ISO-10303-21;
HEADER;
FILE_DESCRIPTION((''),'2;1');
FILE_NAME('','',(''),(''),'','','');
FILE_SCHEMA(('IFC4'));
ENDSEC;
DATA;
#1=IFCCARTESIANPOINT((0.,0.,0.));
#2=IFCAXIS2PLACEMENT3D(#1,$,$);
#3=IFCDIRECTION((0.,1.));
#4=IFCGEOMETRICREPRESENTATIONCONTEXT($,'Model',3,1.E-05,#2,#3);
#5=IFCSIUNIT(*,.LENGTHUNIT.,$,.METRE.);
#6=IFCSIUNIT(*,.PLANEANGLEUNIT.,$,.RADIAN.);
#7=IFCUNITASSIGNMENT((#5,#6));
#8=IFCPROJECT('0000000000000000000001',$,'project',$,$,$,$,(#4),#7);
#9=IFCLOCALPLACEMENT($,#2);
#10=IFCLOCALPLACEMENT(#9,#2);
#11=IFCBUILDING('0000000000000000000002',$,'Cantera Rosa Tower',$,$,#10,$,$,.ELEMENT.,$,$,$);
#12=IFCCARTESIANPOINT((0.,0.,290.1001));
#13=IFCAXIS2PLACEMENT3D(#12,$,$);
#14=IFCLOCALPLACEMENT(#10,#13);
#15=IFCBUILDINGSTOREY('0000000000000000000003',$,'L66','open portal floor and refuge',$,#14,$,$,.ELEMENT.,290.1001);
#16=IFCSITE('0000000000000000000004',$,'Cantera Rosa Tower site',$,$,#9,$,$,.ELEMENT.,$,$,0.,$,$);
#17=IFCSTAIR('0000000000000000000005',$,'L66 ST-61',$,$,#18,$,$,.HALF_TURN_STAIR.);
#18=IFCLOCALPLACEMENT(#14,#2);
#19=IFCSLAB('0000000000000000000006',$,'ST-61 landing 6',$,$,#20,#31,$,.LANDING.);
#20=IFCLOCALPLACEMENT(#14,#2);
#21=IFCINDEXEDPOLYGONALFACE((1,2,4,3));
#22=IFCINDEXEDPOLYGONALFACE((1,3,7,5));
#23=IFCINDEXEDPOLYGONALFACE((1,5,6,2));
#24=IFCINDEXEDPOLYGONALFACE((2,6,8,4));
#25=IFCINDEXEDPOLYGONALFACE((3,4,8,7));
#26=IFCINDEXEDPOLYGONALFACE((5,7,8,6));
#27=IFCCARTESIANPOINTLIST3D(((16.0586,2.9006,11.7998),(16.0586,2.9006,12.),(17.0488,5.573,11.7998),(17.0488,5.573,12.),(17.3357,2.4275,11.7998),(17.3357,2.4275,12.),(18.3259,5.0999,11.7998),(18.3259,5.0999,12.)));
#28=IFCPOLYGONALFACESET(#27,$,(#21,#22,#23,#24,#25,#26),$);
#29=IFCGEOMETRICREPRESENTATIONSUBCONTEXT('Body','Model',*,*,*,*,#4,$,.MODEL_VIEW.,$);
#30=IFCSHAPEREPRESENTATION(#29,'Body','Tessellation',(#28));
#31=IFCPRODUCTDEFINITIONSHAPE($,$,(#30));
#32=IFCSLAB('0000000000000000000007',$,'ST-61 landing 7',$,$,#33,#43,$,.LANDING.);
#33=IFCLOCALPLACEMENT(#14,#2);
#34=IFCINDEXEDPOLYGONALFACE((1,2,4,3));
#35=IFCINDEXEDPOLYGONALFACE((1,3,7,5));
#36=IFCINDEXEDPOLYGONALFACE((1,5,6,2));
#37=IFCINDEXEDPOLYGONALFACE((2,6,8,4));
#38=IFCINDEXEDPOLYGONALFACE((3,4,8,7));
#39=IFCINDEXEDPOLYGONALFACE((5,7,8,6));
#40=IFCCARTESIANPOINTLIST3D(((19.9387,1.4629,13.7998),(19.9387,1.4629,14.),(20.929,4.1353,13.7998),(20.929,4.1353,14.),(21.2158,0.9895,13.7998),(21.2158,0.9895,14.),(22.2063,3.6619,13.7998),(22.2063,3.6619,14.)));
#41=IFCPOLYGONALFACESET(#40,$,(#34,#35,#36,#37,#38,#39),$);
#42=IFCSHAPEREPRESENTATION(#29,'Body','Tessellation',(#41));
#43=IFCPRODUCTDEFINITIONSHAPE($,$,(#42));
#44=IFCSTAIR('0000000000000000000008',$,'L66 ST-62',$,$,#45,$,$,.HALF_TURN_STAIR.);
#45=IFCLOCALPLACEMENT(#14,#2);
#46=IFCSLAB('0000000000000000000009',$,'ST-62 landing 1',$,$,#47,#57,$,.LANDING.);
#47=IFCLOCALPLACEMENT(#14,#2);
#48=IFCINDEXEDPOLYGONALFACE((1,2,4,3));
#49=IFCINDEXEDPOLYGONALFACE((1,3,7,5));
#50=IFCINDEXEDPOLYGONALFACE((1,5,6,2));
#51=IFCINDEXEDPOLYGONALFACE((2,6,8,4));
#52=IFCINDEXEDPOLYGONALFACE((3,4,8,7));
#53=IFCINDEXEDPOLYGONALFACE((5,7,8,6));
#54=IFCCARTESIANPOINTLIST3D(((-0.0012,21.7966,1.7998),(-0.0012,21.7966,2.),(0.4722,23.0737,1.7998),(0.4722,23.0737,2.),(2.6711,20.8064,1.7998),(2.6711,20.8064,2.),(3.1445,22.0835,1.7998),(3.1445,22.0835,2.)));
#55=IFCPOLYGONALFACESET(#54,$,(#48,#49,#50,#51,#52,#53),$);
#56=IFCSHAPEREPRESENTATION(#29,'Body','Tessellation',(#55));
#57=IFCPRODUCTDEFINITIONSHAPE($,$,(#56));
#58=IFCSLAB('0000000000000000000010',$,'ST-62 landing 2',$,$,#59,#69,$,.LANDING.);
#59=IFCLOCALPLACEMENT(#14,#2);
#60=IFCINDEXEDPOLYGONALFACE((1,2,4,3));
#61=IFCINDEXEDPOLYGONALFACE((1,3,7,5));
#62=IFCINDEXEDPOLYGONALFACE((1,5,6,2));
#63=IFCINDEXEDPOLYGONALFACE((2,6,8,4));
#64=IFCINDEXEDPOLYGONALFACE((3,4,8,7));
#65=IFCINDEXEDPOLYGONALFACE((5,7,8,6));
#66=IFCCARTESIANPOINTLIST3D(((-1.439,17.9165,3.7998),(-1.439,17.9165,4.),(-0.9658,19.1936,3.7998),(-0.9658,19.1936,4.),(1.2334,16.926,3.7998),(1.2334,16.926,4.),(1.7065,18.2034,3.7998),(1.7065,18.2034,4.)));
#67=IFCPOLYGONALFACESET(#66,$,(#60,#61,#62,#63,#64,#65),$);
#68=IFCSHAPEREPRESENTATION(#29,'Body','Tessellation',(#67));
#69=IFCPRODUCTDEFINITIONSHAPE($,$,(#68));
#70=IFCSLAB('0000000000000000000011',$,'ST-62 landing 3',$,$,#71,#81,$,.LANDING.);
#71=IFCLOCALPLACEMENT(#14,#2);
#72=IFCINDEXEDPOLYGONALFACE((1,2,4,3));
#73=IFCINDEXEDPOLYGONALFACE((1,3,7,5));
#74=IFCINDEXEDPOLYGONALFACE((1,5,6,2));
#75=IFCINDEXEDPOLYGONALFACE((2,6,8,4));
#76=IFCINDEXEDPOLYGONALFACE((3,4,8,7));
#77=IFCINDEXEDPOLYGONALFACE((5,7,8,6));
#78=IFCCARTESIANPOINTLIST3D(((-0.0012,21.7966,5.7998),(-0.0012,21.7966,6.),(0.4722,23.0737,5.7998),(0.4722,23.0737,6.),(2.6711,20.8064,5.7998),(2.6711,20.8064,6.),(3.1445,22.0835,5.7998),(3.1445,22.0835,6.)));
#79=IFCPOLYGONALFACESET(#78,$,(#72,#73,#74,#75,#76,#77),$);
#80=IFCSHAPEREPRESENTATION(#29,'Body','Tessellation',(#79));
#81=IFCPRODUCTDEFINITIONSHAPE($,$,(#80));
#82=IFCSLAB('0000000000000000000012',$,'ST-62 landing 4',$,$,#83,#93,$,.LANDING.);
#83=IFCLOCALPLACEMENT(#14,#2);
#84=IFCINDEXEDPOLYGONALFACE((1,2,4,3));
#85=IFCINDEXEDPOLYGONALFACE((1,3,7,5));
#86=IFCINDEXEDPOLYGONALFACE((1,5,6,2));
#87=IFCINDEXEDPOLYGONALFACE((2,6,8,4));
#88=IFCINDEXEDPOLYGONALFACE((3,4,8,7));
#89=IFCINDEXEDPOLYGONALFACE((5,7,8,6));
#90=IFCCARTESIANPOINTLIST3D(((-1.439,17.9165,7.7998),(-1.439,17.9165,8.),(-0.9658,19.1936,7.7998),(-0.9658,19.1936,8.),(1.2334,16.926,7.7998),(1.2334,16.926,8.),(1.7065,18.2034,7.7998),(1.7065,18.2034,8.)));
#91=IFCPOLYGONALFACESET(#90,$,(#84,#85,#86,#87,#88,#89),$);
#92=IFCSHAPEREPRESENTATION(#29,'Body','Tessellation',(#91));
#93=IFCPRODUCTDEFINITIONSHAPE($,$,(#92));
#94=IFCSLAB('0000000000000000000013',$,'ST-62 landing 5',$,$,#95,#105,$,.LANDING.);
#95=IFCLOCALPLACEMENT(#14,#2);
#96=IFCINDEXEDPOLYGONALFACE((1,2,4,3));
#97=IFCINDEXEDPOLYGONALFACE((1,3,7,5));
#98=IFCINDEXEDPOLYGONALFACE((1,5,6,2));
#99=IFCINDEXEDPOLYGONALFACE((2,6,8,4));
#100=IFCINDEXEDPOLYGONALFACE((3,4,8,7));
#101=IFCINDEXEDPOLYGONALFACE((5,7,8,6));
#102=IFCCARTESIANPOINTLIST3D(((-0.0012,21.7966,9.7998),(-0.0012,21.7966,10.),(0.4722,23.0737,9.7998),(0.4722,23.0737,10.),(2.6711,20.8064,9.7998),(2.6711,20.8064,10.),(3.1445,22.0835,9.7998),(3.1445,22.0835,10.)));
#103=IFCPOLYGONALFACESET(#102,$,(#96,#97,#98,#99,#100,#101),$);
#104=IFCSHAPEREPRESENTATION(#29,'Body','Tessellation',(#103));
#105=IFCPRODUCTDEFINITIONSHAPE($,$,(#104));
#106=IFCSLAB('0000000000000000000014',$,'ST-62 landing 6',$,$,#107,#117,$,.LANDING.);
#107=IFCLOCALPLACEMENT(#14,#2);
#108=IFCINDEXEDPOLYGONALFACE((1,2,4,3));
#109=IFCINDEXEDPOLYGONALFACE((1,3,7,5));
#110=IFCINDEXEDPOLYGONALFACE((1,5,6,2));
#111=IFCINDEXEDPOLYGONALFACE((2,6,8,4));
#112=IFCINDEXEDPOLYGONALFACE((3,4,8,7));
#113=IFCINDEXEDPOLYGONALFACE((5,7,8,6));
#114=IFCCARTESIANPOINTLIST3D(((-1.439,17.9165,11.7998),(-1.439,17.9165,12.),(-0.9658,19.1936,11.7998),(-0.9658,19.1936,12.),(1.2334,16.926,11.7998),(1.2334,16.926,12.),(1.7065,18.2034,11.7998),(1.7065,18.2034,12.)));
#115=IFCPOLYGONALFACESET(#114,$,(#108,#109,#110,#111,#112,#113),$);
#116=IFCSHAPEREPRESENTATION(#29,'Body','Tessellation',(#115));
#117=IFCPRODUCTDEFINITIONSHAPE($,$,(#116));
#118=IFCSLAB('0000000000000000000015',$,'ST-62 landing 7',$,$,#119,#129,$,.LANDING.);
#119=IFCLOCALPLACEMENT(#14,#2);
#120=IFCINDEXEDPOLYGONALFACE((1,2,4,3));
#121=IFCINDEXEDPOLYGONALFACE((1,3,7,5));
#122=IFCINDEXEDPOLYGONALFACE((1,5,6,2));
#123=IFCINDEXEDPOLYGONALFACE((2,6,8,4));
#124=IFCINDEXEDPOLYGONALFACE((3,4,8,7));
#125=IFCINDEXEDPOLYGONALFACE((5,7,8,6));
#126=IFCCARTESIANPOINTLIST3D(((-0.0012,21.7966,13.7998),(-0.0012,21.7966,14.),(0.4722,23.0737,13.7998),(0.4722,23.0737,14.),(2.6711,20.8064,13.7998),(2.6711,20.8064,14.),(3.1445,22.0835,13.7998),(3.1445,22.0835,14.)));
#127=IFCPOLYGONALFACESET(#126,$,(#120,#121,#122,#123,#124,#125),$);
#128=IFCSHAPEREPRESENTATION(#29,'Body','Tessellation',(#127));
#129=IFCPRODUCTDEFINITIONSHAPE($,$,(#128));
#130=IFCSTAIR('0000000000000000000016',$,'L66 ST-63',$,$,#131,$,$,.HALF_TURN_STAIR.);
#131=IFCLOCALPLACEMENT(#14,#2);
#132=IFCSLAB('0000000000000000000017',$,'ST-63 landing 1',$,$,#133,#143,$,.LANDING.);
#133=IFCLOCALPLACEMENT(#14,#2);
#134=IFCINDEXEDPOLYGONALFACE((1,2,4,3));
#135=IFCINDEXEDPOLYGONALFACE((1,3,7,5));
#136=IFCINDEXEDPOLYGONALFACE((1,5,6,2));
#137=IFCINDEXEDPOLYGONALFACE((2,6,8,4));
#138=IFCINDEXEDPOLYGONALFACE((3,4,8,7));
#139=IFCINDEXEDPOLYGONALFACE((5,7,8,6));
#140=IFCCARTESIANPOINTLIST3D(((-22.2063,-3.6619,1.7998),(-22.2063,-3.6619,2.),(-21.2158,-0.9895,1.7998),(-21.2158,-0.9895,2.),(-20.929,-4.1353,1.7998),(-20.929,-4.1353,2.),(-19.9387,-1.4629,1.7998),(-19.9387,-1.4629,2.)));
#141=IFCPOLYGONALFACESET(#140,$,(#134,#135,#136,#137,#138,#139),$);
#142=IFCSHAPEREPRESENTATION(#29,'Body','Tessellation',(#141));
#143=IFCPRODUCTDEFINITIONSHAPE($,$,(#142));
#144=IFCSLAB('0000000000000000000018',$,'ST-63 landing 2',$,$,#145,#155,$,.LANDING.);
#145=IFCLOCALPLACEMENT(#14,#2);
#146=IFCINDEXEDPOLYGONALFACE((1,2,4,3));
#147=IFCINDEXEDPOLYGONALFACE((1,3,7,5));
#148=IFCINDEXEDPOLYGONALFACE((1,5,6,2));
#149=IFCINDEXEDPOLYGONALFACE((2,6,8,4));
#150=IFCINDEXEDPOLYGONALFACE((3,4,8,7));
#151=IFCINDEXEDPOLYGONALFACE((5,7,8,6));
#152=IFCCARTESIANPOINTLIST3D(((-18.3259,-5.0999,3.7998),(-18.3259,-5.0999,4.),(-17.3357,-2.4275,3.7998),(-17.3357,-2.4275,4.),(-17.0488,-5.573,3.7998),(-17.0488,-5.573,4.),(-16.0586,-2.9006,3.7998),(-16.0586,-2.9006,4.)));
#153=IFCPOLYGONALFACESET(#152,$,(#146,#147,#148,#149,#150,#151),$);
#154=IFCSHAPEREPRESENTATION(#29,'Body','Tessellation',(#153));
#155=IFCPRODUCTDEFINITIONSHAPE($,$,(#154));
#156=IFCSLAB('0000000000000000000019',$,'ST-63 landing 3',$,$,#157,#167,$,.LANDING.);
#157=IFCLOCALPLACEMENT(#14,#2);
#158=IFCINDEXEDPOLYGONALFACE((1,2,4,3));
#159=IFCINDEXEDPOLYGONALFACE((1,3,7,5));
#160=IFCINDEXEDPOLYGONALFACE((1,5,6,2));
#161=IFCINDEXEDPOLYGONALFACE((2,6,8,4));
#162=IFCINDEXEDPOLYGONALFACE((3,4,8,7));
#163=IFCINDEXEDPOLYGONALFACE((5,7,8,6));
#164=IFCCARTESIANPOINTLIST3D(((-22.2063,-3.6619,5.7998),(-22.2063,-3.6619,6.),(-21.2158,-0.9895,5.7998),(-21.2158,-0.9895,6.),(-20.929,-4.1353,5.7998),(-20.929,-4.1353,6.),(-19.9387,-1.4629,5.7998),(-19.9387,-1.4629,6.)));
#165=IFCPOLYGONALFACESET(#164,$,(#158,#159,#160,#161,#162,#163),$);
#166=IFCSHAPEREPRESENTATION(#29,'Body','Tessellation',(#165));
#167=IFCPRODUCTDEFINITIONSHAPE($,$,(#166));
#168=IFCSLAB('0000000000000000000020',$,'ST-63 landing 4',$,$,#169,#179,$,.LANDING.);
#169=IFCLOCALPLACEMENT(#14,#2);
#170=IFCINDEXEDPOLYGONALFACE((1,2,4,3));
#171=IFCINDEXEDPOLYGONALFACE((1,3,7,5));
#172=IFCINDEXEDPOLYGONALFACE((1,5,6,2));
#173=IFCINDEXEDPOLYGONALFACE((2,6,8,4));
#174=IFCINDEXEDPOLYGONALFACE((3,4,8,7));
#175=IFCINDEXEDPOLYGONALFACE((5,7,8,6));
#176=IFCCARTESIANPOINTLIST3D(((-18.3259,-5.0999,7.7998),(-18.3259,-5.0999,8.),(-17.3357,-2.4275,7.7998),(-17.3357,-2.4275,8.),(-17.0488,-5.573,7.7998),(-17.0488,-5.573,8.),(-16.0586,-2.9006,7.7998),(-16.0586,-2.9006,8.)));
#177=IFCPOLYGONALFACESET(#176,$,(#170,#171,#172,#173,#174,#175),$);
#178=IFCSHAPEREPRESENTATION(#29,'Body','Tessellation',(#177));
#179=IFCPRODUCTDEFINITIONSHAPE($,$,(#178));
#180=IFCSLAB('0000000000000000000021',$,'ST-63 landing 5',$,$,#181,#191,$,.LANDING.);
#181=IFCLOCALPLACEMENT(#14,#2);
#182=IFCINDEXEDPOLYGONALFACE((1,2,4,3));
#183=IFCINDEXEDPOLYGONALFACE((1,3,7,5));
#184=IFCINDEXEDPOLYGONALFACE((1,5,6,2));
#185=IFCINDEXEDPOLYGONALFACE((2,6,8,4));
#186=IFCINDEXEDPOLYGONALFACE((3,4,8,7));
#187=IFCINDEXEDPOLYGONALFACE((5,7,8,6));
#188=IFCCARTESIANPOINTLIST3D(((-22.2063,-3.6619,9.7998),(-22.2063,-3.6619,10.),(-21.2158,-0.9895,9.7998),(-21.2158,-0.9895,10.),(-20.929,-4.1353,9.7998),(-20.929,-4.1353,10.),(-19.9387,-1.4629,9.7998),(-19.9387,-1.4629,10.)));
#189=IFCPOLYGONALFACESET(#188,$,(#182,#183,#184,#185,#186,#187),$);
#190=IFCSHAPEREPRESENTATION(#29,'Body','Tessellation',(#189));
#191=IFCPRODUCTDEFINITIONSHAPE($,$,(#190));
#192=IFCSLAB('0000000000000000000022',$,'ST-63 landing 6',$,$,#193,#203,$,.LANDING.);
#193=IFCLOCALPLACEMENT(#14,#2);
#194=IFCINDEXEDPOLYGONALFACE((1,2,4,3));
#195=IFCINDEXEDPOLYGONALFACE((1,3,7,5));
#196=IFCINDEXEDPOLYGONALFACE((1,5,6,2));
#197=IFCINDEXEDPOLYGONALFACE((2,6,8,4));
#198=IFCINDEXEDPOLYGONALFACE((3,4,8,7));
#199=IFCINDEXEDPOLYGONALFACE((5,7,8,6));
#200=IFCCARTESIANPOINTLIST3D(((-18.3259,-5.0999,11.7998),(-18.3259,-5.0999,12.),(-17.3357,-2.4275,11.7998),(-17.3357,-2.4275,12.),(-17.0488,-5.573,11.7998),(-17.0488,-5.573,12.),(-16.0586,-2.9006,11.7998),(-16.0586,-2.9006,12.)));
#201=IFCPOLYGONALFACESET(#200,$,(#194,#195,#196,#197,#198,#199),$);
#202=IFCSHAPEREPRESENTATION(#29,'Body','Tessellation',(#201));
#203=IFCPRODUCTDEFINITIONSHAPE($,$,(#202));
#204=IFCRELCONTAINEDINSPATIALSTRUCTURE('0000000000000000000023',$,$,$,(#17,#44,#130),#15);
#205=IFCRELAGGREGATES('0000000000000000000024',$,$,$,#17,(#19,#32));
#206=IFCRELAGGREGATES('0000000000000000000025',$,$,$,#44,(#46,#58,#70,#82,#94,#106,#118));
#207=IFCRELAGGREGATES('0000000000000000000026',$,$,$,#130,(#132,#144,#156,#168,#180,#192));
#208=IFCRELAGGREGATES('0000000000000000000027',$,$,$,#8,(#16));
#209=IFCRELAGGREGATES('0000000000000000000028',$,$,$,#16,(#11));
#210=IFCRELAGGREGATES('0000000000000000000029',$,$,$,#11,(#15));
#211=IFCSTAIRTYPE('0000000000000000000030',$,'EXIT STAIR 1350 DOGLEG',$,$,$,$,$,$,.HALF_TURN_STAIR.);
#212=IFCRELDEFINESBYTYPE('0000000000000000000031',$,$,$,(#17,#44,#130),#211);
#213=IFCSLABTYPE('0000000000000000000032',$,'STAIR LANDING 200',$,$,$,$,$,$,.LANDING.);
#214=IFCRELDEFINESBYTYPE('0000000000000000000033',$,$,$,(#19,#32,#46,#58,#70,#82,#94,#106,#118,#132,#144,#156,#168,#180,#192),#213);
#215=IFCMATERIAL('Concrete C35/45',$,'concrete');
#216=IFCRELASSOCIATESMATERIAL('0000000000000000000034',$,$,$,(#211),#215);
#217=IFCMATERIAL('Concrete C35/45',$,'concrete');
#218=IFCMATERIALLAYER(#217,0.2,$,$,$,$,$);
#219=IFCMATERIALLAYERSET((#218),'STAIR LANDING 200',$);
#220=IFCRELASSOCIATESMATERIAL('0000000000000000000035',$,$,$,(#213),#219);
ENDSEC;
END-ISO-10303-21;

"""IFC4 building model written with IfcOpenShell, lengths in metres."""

from ifc_helpers import new_model, si_unit, direction, frame, origin, place, context, subcontext, project, spatial, polyline, outline, extrude, material, layer, layer_set, type_object, element, aggregate, save


model = new_model("IFC4")

# Units and contexts
model_context = context("Model", 3, precision=1e-05, world=origin(), true_north=direction((0.0, 1.0)))
body_context = subcontext(model_context, "Body", "Model", "MODEL_VIEW")
ifc_project = project(units=[si_unit("LENGTHUNIT", "METRE"), si_unit("PLANEANGLEUNIT", "RADIAN")], contexts=[model_context])

# Site, building, storey
site_placement = place(None, origin())
site = spatial("IfcSite", under=ifc_project, at=site_placement, Name="Cantera Rosa Tower site", CompositionType="ELEMENT", RefElevation=0.0)
building_placement = place(site_placement, origin())
building = spatial("IfcBuilding", under=site, at=building_placement, Name="Cantera Rosa Tower", CompositionType="ELEMENT")
storey_placement = place(building_placement, frame((0.0, 0.0, 290.1001)))
storey = spatial("IfcBuildingStorey", under=building, at=storey_placement, Name="L66", Description="open portal floor and refuge", CompositionType="ELEMENT", Elevation=290.1001)

# Stairs, slabs
ifc_material_1 = material(Name="Concrete C35/45", Category="concrete")
stair_type_1 = type_object("IfcStairType", Name="EXIT STAIR 1350 DOGLEG", PredefinedType="HALF_TURN_STAIR", material=ifc_material_1)
stair_1_placement = place(storey_placement, origin())
stair_1 = element("IfcStair", 1, at=stair_1_placement, inside=storey, type_object=stair_type_1, Name="L66 ST-61", PredefinedType="HALF_TURN_STAIR")
ifc_material_2 = material(Name="Concrete C35/45", Category="concrete")
ifc_layer = layer(ifc_material_2, 0.2)
ifc_layer_set = layer_set([ifc_layer], Name="STAIR LANDING 200")
slab_type = type_object("IfcSlabType", Name="STAIR LANDING 200", PredefinedType="LANDING", material=ifc_layer_set)
slab_1_placement = place(storey_placement, frame((0.0, 0.0, 11.7998)))
slab_1 = element("IfcSlab", 2, at=slab_1_placement, type_object=slab_type, Name="ST-61 landing 6", PredefinedType="LANDING", context=body_context, shape_type="SweptSolid", body=[
    extrude(outline(polyline([(16.0586, 2.9006), (17.3357, 2.4275), (18.3259, 5.0999), (17.0488, 5.573), (16.0586, 2.9006)])), origin(), (0.0, 0.0, 1.0), 0.2002),
])
slab_2_placement = place(storey_placement, frame((0.0, 0.0, 13.7998)))
slab_2 = element("IfcSlab", 3, at=slab_2_placement, type_object=slab_type, Name="ST-61 landing 7", PredefinedType="LANDING", context=body_context, shape_type="SweptSolid", body=[
    extrude(outline(polyline([(19.9387, 1.4629), (21.2158, 0.9895), (22.2063, 3.6619), (20.929, 4.1353), (19.9387, 1.4629)])), origin(), (0.0, 0.0, 1.0), 0.2002),
])
aggregate(stair_1, [slab_1, slab_2])
stair_2_placement = place(storey_placement, origin())
stair_2 = element("IfcStair", 4, at=stair_2_placement, inside=storey, type_object=stair_type_1, Name="L66 ST-62", PredefinedType="HALF_TURN_STAIR")
slab_3_placement = place(storey_placement, frame((0.0, 0.0, 1.7998)))
slab_3 = element("IfcSlab", 5, at=slab_3_placement, type_object=slab_type, Name="ST-62 landing 1", PredefinedType="LANDING", context=body_context, shape_type="SweptSolid", body=[
    extrude(outline(polyline([(2.6711, 20.8064), (3.1445, 22.0835), (0.4722, 23.0737), (-0.0012, 21.7966), (2.6711, 20.8064)])), origin(), (0.0, 0.0, 1.0), 0.2002),
])
slab_4_placement = place(storey_placement, frame((0.0, 0.0, 3.7998)))
slab_4 = element("IfcSlab", 6, at=slab_4_placement, type_object=slab_type, Name="ST-62 landing 2", PredefinedType="LANDING", context=body_context, shape_type="SweptSolid", body=[
    extrude(outline(polyline([(1.2334, 16.926), (1.7065, 18.2034), (-0.9658, 19.1936), (-1.439, 17.9165), (1.2334, 16.926)])), origin(), (0.0, 0.0, 1.0), 0.2002),
])
slab_5_placement = place(storey_placement, frame((0.0, 0.0, 5.7998)))
slab_5 = element("IfcSlab", 7, at=slab_5_placement, type_object=slab_type, Name="ST-62 landing 3", PredefinedType="LANDING", context=body_context, shape_type="SweptSolid", body=[
    extrude(outline(polyline([(2.6711, 20.8064), (3.1445, 22.0835), (0.4722, 23.0737), (-0.0012, 21.7966), (2.6711, 20.8064)])), origin(), (0.0, 0.0, 1.0), 0.2002),
])
slab_6_placement = place(storey_placement, frame((0.0, 0.0, 7.7998)))
slab_6 = element("IfcSlab", 8, at=slab_6_placement, type_object=slab_type, Name="ST-62 landing 4", PredefinedType="LANDING", context=body_context, shape_type="SweptSolid", body=[
    extrude(outline(polyline([(1.2334, 16.926), (1.7065, 18.2034), (-0.9658, 19.1936), (-1.439, 17.9165), (1.2334, 16.926)])), origin(), (0.0, 0.0, 1.0), 0.2002),
])
slab_7_placement = place(storey_placement, frame((0.0, 0.0, 9.7998)))
slab_7 = element("IfcSlab", 9, at=slab_7_placement, type_object=slab_type, Name="ST-62 landing 5", PredefinedType="LANDING", context=body_context, shape_type="SweptSolid", body=[
    extrude(outline(polyline([(2.6711, 20.8064), (3.1445, 22.0835), (0.4722, 23.0737), (-0.0012, 21.7966), (2.6711, 20.8064)])), origin(), (0.0, 0.0, 1.0), 0.2002),
])
slab_8_placement = place(storey_placement, frame((0.0, 0.0, 11.7998)))
slab_8 = element("IfcSlab", 10, at=slab_8_placement, type_object=slab_type, Name="ST-62 landing 6", PredefinedType="LANDING", context=body_context, shape_type="SweptSolid", body=[
    extrude(outline(polyline([(1.2334, 16.926), (1.7065, 18.2034), (-0.9658, 19.1936), (-1.439, 17.9165), (1.2334, 16.926)])), origin(), (0.0, 0.0, 1.0), 0.2002),
])
slab_9_placement = place(storey_placement, frame((0.0, 0.0, 13.7998)))
slab_9 = element("IfcSlab", 11, at=slab_9_placement, type_object=slab_type, Name="ST-62 landing 7", PredefinedType="LANDING", context=body_context, shape_type="SweptSolid", body=[
    extrude(outline(polyline([(2.6711, 20.8064), (3.1445, 22.0835), (0.4722, 23.0737), (-0.0012, 21.7966), (2.6711, 20.8064)])), origin(), (0.0, 0.0, 1.0), 0.2002),
])
aggregate(stair_2, [slab_3, slab_4, slab_5, slab_6, slab_7, slab_8, slab_9])
stair_3_placement = place(storey_placement, origin())
stair_3 = element("IfcStair", 12, at=stair_3_placement, inside=storey, type_object=stair_type_1, Name="L66 ST-63", PredefinedType="HALF_TURN_STAIR")
slab_10_placement = place(storey_placement, frame((0.0, 0.0, 1.7998)))
slab_10 = element("IfcSlab", 13, at=slab_10_placement, type_object=slab_type, Name="ST-63 landing 1", PredefinedType="LANDING", context=body_context, shape_type="SweptSolid", body=[
    extrude(outline(polyline([(-19.9387, -1.4629), (-21.2158, -0.9895), (-22.2063, -3.6619), (-20.929, -4.1353), (-19.9387, -1.4629)])), origin(), (0.0, 0.0, 1.0), 0.2002),
])
slab_11_placement = place(storey_placement, frame((0.0, 0.0, 3.7998)))
slab_11 = element("IfcSlab", 14, at=slab_11_placement, type_object=slab_type, Name="ST-63 landing 2", PredefinedType="LANDING", context=body_context, shape_type="SweptSolid", body=[
    extrude(outline(polyline([(-16.0586, -2.9006), (-17.3357, -2.4275), (-18.3259, -5.0999), (-17.0488, -5.573), (-16.0586, -2.9006)])), origin(), (0.0, 0.0, 1.0), 0.2002),
])
slab_12_placement = place(storey_placement, frame((0.0, 0.0, 5.7998)))
slab_12 = element("IfcSlab", 15, at=slab_12_placement, type_object=slab_type, Name="ST-63 landing 3", PredefinedType="LANDING", context=body_context, shape_type="SweptSolid", body=[
    extrude(outline(polyline([(-19.9387, -1.4629), (-21.2158, -0.9895), (-22.2063, -3.6619), (-20.929, -4.1353), (-19.9387, -1.4629)])), origin(), (0.0, 0.0, 1.0), 0.2002),
])
slab_13_placement = place(storey_placement, frame((0.0, 0.0, 7.7998)))
slab_13 = element("IfcSlab", 16, at=slab_13_placement, type_object=slab_type, Name="ST-63 landing 4", PredefinedType="LANDING", context=body_context, shape_type="SweptSolid", body=[
    extrude(outline(polyline([(-16.0586, -2.9006), (-17.3357, -2.4275), (-18.3259, -5.0999), (-17.0488, -5.573), (-16.0586, -2.9006)])), origin(), (0.0, 0.0, 1.0), 0.2002),
])
slab_14_placement = place(storey_placement, frame((0.0, 0.0, 9.7998)))
slab_14 = element("IfcSlab", 17, at=slab_14_placement, type_object=slab_type, Name="ST-63 landing 5", PredefinedType="LANDING", context=body_context, shape_type="SweptSolid", body=[
    extrude(outline(polyline([(-19.9387, -1.4629), (-21.2158, -0.9895), (-22.2063, -3.6619), (-20.929, -4.1353), (-19.9387, -1.4629)])), origin(), (0.0, 0.0, 1.0), 0.2002),
])
slab_15_placement = place(storey_placement, frame((0.0, 0.0, 11.7998)))
slab_15 = element("IfcSlab", 18, at=slab_15_placement, type_object=slab_type, Name="ST-63 landing 6", PredefinedType="LANDING", context=body_context, shape_type="SweptSolid", body=[
    extrude(outline(polyline([(-16.0586, -2.9006), (-17.3357, -2.4275), (-18.3259, -5.0999), (-17.0488, -5.573), (-16.0586, -2.9006)])), origin(), (0.0, 0.0, 1.0), 0.2002),
])
aggregate(stair_3, [slab_10, slab_11, slab_12, slab_13, slab_14, slab_15])

save(model, "model.ifc")
